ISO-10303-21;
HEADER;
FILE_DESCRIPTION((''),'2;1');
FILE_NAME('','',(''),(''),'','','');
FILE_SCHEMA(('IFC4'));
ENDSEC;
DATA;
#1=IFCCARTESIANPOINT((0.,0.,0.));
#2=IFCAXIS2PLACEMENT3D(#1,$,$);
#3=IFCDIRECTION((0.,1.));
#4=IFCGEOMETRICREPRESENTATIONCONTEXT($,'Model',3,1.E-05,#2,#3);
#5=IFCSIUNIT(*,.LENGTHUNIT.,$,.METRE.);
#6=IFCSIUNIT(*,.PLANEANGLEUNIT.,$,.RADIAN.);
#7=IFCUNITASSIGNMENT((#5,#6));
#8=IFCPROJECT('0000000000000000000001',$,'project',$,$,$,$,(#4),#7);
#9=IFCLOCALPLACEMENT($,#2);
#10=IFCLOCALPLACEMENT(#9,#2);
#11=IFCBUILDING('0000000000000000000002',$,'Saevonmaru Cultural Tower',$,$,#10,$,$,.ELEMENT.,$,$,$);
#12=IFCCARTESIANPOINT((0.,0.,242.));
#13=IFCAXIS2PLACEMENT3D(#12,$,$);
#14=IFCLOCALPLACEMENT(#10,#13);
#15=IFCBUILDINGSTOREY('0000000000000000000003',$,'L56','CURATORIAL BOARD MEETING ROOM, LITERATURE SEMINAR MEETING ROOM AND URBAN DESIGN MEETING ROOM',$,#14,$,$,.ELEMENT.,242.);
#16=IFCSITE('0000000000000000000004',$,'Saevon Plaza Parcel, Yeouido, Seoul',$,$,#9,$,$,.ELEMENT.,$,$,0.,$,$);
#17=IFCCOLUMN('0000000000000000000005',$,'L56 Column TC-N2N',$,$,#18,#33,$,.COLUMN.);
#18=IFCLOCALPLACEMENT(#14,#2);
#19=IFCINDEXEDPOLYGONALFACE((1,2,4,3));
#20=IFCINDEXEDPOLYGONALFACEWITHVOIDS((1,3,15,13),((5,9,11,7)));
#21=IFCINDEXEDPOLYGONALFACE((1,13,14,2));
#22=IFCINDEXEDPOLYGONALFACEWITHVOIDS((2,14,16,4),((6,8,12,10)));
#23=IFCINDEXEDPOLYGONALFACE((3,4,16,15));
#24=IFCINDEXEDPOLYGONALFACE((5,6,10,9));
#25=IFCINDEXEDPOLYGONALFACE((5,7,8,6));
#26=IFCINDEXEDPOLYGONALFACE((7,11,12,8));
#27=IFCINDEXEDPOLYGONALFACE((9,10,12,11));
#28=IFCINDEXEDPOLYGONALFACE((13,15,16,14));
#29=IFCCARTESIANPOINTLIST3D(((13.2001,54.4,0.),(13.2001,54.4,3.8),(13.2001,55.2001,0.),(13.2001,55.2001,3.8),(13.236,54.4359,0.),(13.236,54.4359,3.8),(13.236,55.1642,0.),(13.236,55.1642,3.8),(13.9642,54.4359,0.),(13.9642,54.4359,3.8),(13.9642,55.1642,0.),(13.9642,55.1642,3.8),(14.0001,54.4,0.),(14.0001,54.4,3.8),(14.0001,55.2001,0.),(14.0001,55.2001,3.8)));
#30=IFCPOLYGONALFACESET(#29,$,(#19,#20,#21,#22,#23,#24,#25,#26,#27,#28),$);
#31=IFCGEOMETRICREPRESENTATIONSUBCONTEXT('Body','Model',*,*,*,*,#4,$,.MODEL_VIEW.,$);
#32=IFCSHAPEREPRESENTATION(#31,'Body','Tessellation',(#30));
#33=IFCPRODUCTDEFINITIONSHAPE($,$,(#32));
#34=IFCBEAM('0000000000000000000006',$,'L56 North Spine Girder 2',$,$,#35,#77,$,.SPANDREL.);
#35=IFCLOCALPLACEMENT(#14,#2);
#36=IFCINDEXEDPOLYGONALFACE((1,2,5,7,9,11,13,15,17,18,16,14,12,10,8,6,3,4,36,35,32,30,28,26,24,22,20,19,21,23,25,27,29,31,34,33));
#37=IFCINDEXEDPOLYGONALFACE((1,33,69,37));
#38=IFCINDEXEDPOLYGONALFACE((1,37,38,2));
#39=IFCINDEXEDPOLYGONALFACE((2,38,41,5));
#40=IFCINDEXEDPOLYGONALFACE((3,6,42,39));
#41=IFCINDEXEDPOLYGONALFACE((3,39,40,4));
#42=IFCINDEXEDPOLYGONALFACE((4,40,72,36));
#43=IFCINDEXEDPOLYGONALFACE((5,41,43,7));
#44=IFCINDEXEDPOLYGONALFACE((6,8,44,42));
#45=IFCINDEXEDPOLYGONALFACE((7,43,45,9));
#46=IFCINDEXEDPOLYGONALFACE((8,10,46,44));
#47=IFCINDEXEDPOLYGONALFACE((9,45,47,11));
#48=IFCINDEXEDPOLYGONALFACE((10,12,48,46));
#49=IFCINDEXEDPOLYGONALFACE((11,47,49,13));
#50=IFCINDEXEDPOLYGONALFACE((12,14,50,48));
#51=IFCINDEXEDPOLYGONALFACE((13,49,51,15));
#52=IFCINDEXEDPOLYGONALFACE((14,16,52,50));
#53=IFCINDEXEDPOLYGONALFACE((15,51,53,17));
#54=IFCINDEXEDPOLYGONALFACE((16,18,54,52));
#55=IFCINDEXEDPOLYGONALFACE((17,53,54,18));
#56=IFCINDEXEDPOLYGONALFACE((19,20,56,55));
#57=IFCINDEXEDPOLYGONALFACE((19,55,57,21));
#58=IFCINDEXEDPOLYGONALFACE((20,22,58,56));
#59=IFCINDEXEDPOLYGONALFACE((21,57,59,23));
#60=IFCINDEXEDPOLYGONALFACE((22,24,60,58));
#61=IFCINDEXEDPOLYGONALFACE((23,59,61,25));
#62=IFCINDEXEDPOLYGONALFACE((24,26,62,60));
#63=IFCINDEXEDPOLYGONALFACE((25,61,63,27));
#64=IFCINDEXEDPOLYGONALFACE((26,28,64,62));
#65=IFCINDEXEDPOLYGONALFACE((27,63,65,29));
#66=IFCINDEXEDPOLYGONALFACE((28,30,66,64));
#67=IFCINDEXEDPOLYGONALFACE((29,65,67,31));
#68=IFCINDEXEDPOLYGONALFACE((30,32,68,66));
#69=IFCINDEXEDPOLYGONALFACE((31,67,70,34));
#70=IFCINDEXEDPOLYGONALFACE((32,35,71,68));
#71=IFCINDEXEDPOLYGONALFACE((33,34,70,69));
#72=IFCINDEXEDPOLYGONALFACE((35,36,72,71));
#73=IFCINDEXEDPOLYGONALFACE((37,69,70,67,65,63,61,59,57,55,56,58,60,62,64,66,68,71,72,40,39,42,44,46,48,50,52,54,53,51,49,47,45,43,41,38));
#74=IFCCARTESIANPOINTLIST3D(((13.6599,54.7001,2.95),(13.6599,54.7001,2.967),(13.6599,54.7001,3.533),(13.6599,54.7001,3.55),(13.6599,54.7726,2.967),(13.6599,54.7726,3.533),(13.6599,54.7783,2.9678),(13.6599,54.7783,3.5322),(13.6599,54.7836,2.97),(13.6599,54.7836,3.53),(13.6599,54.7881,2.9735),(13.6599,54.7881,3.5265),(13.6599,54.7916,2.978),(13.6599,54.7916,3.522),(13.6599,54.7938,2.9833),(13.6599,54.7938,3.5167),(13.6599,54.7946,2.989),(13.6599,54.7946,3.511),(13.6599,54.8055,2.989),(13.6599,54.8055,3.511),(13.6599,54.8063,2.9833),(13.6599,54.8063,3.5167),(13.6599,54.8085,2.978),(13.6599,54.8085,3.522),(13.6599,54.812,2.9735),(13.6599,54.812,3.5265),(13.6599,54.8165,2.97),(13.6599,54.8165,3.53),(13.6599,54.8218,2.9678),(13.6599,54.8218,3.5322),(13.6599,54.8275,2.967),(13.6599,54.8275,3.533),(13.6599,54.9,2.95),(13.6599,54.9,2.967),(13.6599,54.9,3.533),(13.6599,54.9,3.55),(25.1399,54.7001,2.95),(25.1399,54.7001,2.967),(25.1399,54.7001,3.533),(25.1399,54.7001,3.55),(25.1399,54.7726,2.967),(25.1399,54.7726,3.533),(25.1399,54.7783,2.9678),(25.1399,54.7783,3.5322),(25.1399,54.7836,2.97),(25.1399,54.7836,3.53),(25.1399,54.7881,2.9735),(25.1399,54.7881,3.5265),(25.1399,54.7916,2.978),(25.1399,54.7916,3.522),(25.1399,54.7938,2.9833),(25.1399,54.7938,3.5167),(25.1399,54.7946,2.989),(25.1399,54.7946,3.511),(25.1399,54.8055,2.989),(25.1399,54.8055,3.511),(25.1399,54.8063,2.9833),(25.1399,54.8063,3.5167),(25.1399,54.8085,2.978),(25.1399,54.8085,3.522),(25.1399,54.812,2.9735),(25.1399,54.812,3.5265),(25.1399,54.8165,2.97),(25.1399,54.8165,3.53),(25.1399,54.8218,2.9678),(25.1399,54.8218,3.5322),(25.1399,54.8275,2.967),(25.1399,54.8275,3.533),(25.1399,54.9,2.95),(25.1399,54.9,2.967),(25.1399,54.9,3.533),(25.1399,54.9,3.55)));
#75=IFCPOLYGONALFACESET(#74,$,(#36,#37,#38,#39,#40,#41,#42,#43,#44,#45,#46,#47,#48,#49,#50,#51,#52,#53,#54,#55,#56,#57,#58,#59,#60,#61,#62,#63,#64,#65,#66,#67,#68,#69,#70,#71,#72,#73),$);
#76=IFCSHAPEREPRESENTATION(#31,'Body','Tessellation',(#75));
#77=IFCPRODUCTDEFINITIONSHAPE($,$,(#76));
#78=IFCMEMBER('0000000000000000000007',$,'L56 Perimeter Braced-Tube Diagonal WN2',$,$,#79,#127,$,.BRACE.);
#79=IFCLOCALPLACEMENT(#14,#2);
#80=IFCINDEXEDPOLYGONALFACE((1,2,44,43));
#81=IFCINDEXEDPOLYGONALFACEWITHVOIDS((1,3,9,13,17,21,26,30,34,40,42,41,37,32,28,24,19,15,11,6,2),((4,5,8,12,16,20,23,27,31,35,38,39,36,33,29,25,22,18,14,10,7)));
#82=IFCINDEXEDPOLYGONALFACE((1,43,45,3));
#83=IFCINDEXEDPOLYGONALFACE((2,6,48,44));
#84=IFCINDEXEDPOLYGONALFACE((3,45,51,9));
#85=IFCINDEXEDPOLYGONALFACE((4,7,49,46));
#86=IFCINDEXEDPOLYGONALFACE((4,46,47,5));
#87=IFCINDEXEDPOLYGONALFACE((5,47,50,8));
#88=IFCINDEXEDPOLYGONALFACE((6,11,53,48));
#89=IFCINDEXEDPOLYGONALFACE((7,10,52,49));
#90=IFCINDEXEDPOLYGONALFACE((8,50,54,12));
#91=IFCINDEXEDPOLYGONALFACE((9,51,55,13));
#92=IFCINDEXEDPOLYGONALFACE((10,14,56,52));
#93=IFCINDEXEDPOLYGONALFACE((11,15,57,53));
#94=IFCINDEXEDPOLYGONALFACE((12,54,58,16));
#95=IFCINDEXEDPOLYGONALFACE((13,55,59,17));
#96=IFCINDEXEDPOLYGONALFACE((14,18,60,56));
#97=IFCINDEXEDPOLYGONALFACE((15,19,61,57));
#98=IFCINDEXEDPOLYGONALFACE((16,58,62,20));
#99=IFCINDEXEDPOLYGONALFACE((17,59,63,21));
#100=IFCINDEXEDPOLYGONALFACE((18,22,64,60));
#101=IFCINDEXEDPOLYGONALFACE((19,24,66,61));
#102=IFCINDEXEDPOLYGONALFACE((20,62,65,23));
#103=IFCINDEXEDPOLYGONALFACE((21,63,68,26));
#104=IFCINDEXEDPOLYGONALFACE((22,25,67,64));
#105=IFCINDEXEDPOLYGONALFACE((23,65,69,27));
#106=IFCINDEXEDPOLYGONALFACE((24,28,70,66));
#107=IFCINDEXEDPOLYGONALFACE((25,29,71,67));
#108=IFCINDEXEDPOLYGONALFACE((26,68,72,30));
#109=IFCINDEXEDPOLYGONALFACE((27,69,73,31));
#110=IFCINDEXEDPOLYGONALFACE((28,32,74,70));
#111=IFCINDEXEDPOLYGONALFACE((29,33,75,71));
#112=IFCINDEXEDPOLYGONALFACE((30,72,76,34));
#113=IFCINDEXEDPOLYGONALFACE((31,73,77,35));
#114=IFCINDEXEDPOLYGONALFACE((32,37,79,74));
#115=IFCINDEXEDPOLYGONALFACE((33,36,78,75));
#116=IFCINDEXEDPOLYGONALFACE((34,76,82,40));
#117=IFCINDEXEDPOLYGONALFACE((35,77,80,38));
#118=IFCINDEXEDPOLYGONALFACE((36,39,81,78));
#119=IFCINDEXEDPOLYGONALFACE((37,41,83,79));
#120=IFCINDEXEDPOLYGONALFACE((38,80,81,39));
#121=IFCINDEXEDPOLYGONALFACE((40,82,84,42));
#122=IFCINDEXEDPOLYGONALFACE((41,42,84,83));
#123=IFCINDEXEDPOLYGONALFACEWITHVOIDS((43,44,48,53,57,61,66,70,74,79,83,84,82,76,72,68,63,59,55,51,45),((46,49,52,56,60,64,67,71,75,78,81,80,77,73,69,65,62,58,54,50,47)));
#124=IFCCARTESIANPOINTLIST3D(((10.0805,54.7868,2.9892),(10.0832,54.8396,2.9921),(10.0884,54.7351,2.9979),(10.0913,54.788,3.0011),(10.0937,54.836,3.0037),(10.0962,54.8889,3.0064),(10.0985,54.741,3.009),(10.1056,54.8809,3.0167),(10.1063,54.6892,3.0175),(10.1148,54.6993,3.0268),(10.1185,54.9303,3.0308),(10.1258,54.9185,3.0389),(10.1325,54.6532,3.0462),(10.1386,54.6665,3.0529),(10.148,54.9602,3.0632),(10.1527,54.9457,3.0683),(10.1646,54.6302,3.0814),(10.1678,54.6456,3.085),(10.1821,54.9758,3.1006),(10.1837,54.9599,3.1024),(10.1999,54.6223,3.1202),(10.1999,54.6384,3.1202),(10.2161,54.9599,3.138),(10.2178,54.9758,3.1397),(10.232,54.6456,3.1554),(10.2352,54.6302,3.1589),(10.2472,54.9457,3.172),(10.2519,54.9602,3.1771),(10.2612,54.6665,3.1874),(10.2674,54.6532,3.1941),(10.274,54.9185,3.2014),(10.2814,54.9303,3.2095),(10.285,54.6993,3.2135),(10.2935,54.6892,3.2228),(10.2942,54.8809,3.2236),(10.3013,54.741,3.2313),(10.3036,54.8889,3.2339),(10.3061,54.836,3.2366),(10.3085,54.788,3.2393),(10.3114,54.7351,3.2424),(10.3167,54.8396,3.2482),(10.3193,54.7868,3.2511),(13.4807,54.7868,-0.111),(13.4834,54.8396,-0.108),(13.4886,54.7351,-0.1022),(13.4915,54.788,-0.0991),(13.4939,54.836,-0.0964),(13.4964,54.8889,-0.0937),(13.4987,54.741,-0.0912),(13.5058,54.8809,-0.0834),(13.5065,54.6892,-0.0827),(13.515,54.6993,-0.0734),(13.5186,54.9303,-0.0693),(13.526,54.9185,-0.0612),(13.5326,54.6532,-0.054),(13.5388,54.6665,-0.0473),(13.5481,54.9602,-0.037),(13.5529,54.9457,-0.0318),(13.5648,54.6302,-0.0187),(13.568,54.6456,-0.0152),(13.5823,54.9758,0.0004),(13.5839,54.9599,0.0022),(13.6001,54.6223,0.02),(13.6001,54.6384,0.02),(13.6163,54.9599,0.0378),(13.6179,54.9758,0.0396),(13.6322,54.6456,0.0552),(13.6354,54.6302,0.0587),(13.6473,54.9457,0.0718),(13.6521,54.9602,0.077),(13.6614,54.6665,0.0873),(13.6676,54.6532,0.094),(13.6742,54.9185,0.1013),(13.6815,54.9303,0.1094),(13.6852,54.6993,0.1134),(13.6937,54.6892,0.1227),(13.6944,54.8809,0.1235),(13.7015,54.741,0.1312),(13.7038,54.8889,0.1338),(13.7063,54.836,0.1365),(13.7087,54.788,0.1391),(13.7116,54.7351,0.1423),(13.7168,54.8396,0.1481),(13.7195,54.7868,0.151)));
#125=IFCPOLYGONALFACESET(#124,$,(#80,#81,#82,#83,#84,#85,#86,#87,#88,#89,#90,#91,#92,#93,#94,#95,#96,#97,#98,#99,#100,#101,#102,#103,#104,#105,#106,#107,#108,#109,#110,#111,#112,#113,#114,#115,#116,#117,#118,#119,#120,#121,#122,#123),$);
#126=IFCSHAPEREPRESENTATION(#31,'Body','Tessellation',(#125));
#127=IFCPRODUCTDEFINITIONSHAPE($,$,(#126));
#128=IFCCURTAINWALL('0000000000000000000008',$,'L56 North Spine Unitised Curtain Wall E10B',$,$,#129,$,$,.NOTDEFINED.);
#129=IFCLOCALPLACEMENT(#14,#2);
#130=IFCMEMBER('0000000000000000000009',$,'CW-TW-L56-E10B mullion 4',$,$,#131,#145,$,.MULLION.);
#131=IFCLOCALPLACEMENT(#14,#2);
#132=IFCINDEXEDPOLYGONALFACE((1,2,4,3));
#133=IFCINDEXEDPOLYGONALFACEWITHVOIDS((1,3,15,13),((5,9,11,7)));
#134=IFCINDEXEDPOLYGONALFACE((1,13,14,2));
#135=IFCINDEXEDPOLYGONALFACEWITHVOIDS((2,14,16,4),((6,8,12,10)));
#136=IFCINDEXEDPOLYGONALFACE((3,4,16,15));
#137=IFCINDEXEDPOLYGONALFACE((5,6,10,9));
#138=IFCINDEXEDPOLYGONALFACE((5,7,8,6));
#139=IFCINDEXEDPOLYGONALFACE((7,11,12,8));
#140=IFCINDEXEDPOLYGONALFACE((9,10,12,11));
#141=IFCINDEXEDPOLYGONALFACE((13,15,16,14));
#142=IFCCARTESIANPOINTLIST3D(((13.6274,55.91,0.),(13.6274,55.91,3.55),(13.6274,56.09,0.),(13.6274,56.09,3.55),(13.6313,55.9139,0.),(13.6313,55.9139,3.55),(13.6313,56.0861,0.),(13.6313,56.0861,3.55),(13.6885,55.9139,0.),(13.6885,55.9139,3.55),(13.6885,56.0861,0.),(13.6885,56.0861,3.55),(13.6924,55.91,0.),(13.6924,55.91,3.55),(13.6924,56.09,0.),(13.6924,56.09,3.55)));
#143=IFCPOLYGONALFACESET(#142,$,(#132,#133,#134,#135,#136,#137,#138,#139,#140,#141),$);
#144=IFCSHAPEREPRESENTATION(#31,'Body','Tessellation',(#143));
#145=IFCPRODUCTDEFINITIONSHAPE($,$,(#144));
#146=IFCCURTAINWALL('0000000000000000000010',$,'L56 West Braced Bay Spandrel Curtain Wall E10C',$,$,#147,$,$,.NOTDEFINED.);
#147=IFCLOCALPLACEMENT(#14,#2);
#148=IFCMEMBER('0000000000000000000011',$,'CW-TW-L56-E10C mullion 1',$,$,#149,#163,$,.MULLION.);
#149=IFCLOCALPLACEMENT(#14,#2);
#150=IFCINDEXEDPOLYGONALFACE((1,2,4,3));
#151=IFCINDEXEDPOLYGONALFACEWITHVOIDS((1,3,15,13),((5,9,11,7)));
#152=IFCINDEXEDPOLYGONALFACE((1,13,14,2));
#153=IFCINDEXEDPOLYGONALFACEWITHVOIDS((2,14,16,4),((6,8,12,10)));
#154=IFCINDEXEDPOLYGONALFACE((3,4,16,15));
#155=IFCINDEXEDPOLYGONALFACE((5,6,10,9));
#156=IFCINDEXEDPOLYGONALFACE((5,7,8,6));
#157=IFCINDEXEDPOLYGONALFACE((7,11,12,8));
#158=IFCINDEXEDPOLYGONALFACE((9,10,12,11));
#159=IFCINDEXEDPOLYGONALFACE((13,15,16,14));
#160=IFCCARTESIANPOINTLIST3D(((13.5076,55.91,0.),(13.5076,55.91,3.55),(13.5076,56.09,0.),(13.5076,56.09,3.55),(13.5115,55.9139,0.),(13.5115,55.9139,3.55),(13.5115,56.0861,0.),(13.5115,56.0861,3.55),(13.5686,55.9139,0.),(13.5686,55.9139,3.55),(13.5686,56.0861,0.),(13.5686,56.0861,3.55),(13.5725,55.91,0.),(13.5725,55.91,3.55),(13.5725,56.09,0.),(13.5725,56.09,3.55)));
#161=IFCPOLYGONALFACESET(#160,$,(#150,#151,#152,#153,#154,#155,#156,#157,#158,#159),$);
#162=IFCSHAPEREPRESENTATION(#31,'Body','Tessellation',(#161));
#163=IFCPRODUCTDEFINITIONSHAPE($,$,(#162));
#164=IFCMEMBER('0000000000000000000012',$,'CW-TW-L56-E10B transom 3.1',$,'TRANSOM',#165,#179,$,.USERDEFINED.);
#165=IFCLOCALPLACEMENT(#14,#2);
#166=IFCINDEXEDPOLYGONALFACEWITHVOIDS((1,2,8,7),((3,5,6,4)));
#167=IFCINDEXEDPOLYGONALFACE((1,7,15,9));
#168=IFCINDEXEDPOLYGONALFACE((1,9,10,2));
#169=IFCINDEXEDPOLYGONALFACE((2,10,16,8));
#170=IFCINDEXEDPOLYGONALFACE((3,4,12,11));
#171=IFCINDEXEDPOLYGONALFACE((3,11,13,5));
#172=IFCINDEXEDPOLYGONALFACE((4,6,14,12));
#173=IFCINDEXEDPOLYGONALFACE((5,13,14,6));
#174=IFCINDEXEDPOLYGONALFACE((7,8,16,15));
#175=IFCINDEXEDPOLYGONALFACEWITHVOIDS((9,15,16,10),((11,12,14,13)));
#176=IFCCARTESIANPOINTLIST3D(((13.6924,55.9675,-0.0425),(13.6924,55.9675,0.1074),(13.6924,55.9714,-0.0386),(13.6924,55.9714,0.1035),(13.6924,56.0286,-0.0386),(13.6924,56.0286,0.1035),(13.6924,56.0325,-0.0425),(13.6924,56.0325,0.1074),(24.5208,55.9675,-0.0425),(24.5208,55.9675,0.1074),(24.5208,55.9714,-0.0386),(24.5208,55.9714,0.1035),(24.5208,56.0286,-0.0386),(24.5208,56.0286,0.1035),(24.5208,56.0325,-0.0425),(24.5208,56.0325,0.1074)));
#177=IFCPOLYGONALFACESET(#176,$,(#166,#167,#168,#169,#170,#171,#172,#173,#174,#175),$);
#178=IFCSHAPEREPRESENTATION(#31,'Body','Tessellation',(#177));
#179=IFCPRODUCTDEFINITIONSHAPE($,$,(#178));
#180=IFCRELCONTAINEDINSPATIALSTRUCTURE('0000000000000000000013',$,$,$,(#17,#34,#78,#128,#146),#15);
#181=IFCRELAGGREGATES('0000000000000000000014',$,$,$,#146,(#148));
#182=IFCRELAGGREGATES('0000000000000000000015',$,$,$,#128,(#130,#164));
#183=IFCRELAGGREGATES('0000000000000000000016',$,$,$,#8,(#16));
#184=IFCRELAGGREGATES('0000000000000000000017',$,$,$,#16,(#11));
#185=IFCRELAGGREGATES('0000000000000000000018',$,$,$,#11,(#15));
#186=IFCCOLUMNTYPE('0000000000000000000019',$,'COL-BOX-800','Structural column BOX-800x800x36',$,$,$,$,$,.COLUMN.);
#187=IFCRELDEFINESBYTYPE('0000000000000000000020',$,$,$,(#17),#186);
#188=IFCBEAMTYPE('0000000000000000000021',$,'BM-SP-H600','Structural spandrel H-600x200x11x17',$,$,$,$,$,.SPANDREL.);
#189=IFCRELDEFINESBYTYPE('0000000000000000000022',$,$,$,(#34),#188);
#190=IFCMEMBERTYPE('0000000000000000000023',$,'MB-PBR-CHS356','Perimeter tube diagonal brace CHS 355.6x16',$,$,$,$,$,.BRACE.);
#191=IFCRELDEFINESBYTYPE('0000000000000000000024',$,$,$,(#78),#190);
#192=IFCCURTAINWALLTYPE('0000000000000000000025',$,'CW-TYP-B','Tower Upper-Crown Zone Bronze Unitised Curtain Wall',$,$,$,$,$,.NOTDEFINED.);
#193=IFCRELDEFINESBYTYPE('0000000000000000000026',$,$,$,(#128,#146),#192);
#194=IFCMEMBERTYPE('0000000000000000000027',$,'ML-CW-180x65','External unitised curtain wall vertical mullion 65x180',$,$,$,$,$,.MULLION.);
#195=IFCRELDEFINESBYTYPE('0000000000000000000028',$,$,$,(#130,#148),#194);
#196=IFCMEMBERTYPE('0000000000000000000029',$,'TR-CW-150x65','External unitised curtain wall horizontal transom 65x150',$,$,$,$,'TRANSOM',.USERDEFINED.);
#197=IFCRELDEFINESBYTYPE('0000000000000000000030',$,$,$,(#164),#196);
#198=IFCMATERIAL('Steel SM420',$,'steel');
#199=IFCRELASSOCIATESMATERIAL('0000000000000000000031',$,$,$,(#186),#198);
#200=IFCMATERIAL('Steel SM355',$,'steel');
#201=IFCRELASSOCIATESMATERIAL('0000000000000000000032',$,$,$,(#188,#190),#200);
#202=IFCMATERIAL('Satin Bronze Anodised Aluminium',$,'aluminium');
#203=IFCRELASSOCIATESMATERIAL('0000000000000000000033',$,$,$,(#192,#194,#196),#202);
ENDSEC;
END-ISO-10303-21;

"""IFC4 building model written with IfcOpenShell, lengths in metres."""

from ifc_helpers import new_model, si_unit, direction, frame, origin, origin_2d, place, context, subcontext, project, spatial, hollow_rectangle, hollow_circle, i_section, extrude, material, material_profile, profile_set, type_object, element, aggregate, save


model = new_model("IFC4")

# Units and contexts
model_context = context("Model", 3, precision=1e-05, world=origin(), true_north=direction((0.0, 1.0)))
body_context = subcontext(model_context, "Body", "Model", "MODEL_VIEW")
ifc_project = project(units=[si_unit("LENGTHUNIT", "METRE"), si_unit("PLANEANGLEUNIT", "RADIAN")], contexts=[model_context])

# Site, building, storey
site_placement = place(None, origin())
site = spatial("IfcSite", under=ifc_project, at=site_placement, Name="Saevon Plaza Parcel, Yeouido, Seoul", CompositionType="ELEMENT", RefElevation=0.0)
building_placement = place(site_placement, origin())
building = spatial("IfcBuilding", under=site, at=building_placement, Name="Saevonmaru Cultural Tower", CompositionType="ELEMENT")
storey_placement = place(building_placement, frame((0.0, 0.0, 242.0)))
storey = spatial("IfcBuildingStorey", under=building, at=storey_placement, Name="L56", Description="CURATORIAL BOARD MEETING ROOM, LITERATURE SEMINAR MEETING ROOM AND URBAN DESIGN MEETING ROOM", CompositionType="ELEMENT", Elevation=242.0)

# Column
ifc_material_1 = material(Name="Steel SM420", Category="steel")
ifc_material_profile_1 = material_profile(ifc_material_1, hollow_rectangle(XDim=0.8, YDim=0.8, WallThickness=0.0359, at=origin_2d()), Name="BOX-800x800x36")
ifc_profile_set_1 = profile_set([ifc_material_profile_1], Name="Steel SM420")
column_type = type_object("IfcColumnType", Name="COL-BOX-800", Description="Structural column BOX-800x800x36", PredefinedType="COLUMN", material=ifc_profile_set_1)
column_placement = place(storey_placement, frame((13.6001, 54.8, 0.0), z_axis=(0.0, 0.0, 1.0), x_axis=(1.0, 0.0, 0.0)))
element("IfcColumn", 1, at=column_placement, inside=storey, type_object=column_type, Name="L56 Column TC-N2N", PredefinedType="COLUMN", context=body_context, shape_type="SweptSolid", body=[
    extrude(hollow_rectangle(XDim=0.8, YDim=0.8, WallThickness=0.0359, at=origin_2d()), origin(), (0.0, 0.0, 1.0), 3.8),
])

# Beam
ifc_material_2 = material(Name="Steel SM355", Category="steel")
ifc_material_profile_2 = material_profile(ifc_material_2, i_section(OverallWidth=0.2, OverallDepth=0.6001, WebThickness=0.011, FlangeThickness=0.0171, FilletRadius=0.022, at=origin_2d()), Name="H-600x200x11x17")
ifc_profile_set_2 = profile_set([ifc_material_profile_2], Name="Steel SM355")
beam_type = type_object("IfcBeamType", Name="BM-SP-H600", Description="Structural spandrel H-600x200x11x17", PredefinedType="SPANDREL", material=ifc_profile_set_2)
beam_placement = place(storey_placement, frame((13.6599, 54.8, 3.25), z_axis=(1.0, 0.0, 0.0), x_axis=(0.0, 1.0, 0.0)))
element("IfcBeam", 2, at=beam_placement, inside=storey, type_object=beam_type, Name="L56 North Spine Girder 2", PredefinedType="SPANDREL", context=body_context, shape_type="SweptSolid", body=[
    extrude(i_section(OverallWidth=0.2, OverallDepth=0.6001, WebThickness=0.011, FlangeThickness=0.0171, FilletRadius=0.022, at=origin_2d()), origin(), (0.0, 0.0, 1.0), 11.48),
])

# Member
ifc_material_profile_3 = material_profile(ifc_material_2, hollow_circle(Radius=0.1777, WallThickness=0.0161, at=origin_2d()), Name="CHS-355.6x16")
ifc_profile_set_3 = profile_set([ifc_material_profile_3], Name="Steel SM355")
member_type_1 = type_object("IfcMemberType", Name="MB-PBR-CHS356", Description="Perimeter tube diagonal brace CHS 355.6x16", PredefinedType="BRACE", material=ifc_profile_set_3)
member_1_placement = place(storey_placement, frame((13.6001, 54.8, 0.02), z_axis=(-0.73896, 0.0, 0.67375), x_axis=(0.0, -1.0, 0.0)))
element("IfcMember", 3, at=member_1_placement, inside=storey, type_object=member_type_1, Name="L56 Perimeter Braced-Tube Diagonal WN2", PredefinedType="BRACE", context=body_context, shape_type="SweptSolid", body=[
    extrude(hollow_circle(Radius=0.1777, WallThickness=0.0161, at=origin_2d()), origin(), (0.0, 0.0, 1.0), 4.6013),
])

# Curtain walls, members
ifc_material_3 = material(Name="Satin Bronze Anodised Aluminium", Category="aluminium")
curtain_wall_type = type_object("IfcCurtainWallType", Name="CW-TYP-B", Description="Tower Upper-Crown Zone Bronze Unitised Curtain Wall", PredefinedType="NOTDEFINED", material=ifc_material_3)
curtain_wall_1_placement = place(storey_placement, origin())
curtain_wall_1 = element("IfcCurtainWall", 4, at=curtain_wall_1_placement, inside=storey, type_object=curtain_wall_type, Name="L56 North Spine Unitised Curtain Wall E10B", PredefinedType="NOTDEFINED")
ifc_material_profile_4 = material_profile(ifc_material_3, hollow_rectangle(XDim=0.0649, YDim=0.1799, WallThickness=0.0039, at=origin_2d()), Name="ALU-MULL-180x65x4")
ifc_profile_set_4 = profile_set([ifc_material_profile_4], Name="Satin Bronze Anodised Aluminium")
member_type_2 = type_object("IfcMemberType", Name="ML-CW-180x65", Description="External unitised curtain wall vertical mullion 65x180", PredefinedType="MULLION", material=ifc_profile_set_4)
member_2_placement = place(storey_placement, frame((13.6599, 56.0, 0.0), z_axis=(0.0, 0.0, 1.0), x_axis=(-1.0, 0.0, 0.0)))
member_2 = element("IfcMember", 5, at=member_2_placement, type_object=member_type_2, Name="CW-TW-L56-E10B mullion 4", PredefinedType="MULLION", context=body_context, shape_type="SweptSolid", body=[
    extrude(hollow_rectangle(XDim=0.0649, YDim=0.1799, WallThickness=0.0039, at=origin_2d()), origin(), (0.0, 0.0, 1.0), 3.55),
])
curtain_wall_2_placement = place(storey_placement, origin())
curtain_wall_2 = element("IfcCurtainWall", 6, at=curtain_wall_2_placement, inside=storey, type_object=curtain_wall_type, Name="L56 West Braced Bay Spandrel Curtain Wall E10C", PredefinedType="NOTDEFINED")
member_3_placement = place(storey_placement, frame((13.54, 56.0, 0.0), z_axis=(0.0, 0.0, 1.0), x_axis=(-1.0, 0.0, 0.0)))
member_3 = element("IfcMember", 7, at=member_3_placement, type_object=member_type_2, Name="CW-TW-L56-E10C mullion 1", PredefinedType="MULLION", context=body_context, shape_type="SweptSolid", body=[
    extrude(hollow_rectangle(XDim=0.0649, YDim=0.1799, WallThickness=0.0039, at=origin_2d()), origin(), (0.0, 0.0, 1.0), 3.55),
])

# Member
ifc_material_profile_5 = material_profile(ifc_material_3, hollow_rectangle(XDim=0.0649, YDim=0.1499, WallThickness=0.0039, at=origin_2d()), Name="ALU-TRAN-150x65x4")
ifc_profile_set_5 = profile_set([ifc_material_profile_5], Name="Satin Bronze Anodised Aluminium")
member_type_3 = type_object("IfcMemberType", Name="TR-CW-150x65", Description="External unitised curtain wall horizontal transom 65x150", ElementType="TRANSOM", PredefinedType="USERDEFINED", material=ifc_profile_set_5)
member_4_placement = place(storey_placement, frame((24.5208, 56.0, 0.0325), z_axis=(-1.0, 0.0, 0.0), x_axis=(0.0, -1.0, 0.0)))
member_4 = element("IfcMember", 8, at=member_4_placement, type_object=member_type_3, Name="CW-TW-L56-E10B transom 3.1", ObjectType="TRANSOM", PredefinedType="USERDEFINED", context=body_context, shape_type="SweptSolid", body=[
    extrude(hollow_rectangle(XDim=0.0649, YDim=0.1499, WallThickness=0.0039, at=origin_2d()), origin(), (0.0, 0.0, 1.0), 10.8284),
])
aggregate(curtain_wall_2, [member_3])

aggregate(curtain_wall_1, [member_2, member_4])

save(model, "model.ifc")
